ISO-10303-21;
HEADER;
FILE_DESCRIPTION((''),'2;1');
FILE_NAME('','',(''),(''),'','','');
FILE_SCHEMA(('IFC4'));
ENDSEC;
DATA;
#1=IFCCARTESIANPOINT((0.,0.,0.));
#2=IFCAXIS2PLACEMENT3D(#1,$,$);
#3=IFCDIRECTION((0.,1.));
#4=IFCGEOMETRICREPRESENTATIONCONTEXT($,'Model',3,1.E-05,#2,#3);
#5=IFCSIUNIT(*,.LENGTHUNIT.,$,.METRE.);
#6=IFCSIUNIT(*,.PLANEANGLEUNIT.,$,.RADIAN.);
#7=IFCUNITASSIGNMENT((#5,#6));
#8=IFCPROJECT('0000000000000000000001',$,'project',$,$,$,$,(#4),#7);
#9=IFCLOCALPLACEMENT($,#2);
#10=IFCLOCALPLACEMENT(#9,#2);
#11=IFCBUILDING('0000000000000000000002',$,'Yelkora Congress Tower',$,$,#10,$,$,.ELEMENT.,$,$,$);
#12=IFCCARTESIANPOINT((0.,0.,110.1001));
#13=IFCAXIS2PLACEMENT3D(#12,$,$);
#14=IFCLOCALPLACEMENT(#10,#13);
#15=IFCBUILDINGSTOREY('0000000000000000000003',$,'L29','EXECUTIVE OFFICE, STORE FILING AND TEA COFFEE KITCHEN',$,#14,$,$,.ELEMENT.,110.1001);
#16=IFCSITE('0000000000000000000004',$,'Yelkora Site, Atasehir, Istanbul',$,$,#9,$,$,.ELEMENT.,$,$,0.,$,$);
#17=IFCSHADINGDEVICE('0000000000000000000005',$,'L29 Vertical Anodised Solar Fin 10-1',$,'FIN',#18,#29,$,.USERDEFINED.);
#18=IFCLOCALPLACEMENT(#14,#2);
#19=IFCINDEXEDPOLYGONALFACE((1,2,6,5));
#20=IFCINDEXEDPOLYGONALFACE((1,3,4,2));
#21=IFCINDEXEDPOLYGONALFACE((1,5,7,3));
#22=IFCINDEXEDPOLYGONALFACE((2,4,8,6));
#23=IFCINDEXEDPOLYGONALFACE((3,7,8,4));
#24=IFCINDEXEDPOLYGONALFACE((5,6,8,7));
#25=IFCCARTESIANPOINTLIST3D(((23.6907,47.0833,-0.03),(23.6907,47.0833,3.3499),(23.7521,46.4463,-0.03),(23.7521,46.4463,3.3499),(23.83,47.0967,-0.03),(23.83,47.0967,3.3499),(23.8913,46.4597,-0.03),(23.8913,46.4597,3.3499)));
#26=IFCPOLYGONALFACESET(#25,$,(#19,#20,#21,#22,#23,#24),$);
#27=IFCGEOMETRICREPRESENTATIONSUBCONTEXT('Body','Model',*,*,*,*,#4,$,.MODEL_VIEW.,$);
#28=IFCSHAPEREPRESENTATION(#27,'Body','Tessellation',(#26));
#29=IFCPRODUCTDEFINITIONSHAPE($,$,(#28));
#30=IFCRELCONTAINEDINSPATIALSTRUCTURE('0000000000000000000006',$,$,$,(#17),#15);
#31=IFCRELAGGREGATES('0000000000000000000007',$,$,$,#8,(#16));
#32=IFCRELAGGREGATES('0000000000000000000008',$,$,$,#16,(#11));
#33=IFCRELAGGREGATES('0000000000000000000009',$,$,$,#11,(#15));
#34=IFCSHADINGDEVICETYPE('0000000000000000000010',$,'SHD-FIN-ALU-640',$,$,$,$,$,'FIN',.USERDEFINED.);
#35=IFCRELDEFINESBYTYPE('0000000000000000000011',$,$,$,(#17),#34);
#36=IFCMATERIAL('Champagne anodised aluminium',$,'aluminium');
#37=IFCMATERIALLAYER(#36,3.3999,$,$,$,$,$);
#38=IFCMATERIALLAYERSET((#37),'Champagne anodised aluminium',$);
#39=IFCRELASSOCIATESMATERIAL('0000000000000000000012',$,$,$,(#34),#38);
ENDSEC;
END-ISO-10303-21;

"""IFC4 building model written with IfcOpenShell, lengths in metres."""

from ifc_helpers import new_model, si_unit, direction, frame, origin, origin_2d, place, context, subcontext, project, spatial, rectangle, extrude, material, layer, layer_set, type_object, element, save


model = new_model("IFC4")

# Units and contexts
model_context = context("Model", 3, precision=1e-05, world=origin(), true_north=direction((0.0, 1.0)))
body_context = subcontext(model_context, "Body", "Model", "MODEL_VIEW")
ifc_project = project(units=[si_unit("LENGTHUNIT", "METRE"), si_unit("PLANEANGLEUNIT", "RADIAN")], contexts=[model_context])

# Site, building, storey
site_placement = place(None, origin())
site = spatial("IfcSite", under=ifc_project, at=site_placement, Name="Yelkora Site, Atasehir, Istanbul", CompositionType="ELEMENT", RefElevation=0.0)
building_placement = place(site_placement, origin())
building = spatial("IfcBuilding", under=site, at=building_placement, Name="Yelkora Congress Tower", CompositionType="ELEMENT")
storey_placement = place(building_placement, frame((0.0, 0.0, 110.1001)))
storey = spatial("IfcBuildingStorey", under=building, at=storey_placement, Name="L29", Description="EXECUTIVE OFFICE, STORE FILING AND TEA COFFEE KITCHEN", CompositionType="ELEMENT", Elevation=110.1001)

# Shading device
ifc_material_1 = material(Name="Champagne anodised aluminium", Category="aluminium")
ifc_layer_1 = layer(ifc_material_1, 3.3999)
ifc_layer_set_1 = layer_set([ifc_layer_1], Name="Champagne anodised aluminium")
shading_device_type = type_object("IfcShadingDeviceType", Name="SHD-FIN-ALU-640", ElementType="FIN", PredefinedType="USERDEFINED", material=ifc_layer_set_1)
shading_device_placement = place(storey_placement, frame((23.791, 46.7715, -0.03), z_axis=(0.0, 0.0, 1.0), x_axis=(0.995396, 0.095846, 0.0)))
element("IfcShadingDevice", 1, at=shading_device_placement, inside=storey, type_object=shading_device_type, Name="L29 Vertical Anodised Solar Fin 10-1", ObjectType="FIN", PredefinedType="USERDEFINED", context=body_context, shape_type="SweptSolid", body=[
    extrude(rectangle(XDim=0.1399, YDim=0.6399, at=origin_2d()), origin(), (0.0, 0.0, 1.0), 3.3799),
])

save(model, "model.ifc")
